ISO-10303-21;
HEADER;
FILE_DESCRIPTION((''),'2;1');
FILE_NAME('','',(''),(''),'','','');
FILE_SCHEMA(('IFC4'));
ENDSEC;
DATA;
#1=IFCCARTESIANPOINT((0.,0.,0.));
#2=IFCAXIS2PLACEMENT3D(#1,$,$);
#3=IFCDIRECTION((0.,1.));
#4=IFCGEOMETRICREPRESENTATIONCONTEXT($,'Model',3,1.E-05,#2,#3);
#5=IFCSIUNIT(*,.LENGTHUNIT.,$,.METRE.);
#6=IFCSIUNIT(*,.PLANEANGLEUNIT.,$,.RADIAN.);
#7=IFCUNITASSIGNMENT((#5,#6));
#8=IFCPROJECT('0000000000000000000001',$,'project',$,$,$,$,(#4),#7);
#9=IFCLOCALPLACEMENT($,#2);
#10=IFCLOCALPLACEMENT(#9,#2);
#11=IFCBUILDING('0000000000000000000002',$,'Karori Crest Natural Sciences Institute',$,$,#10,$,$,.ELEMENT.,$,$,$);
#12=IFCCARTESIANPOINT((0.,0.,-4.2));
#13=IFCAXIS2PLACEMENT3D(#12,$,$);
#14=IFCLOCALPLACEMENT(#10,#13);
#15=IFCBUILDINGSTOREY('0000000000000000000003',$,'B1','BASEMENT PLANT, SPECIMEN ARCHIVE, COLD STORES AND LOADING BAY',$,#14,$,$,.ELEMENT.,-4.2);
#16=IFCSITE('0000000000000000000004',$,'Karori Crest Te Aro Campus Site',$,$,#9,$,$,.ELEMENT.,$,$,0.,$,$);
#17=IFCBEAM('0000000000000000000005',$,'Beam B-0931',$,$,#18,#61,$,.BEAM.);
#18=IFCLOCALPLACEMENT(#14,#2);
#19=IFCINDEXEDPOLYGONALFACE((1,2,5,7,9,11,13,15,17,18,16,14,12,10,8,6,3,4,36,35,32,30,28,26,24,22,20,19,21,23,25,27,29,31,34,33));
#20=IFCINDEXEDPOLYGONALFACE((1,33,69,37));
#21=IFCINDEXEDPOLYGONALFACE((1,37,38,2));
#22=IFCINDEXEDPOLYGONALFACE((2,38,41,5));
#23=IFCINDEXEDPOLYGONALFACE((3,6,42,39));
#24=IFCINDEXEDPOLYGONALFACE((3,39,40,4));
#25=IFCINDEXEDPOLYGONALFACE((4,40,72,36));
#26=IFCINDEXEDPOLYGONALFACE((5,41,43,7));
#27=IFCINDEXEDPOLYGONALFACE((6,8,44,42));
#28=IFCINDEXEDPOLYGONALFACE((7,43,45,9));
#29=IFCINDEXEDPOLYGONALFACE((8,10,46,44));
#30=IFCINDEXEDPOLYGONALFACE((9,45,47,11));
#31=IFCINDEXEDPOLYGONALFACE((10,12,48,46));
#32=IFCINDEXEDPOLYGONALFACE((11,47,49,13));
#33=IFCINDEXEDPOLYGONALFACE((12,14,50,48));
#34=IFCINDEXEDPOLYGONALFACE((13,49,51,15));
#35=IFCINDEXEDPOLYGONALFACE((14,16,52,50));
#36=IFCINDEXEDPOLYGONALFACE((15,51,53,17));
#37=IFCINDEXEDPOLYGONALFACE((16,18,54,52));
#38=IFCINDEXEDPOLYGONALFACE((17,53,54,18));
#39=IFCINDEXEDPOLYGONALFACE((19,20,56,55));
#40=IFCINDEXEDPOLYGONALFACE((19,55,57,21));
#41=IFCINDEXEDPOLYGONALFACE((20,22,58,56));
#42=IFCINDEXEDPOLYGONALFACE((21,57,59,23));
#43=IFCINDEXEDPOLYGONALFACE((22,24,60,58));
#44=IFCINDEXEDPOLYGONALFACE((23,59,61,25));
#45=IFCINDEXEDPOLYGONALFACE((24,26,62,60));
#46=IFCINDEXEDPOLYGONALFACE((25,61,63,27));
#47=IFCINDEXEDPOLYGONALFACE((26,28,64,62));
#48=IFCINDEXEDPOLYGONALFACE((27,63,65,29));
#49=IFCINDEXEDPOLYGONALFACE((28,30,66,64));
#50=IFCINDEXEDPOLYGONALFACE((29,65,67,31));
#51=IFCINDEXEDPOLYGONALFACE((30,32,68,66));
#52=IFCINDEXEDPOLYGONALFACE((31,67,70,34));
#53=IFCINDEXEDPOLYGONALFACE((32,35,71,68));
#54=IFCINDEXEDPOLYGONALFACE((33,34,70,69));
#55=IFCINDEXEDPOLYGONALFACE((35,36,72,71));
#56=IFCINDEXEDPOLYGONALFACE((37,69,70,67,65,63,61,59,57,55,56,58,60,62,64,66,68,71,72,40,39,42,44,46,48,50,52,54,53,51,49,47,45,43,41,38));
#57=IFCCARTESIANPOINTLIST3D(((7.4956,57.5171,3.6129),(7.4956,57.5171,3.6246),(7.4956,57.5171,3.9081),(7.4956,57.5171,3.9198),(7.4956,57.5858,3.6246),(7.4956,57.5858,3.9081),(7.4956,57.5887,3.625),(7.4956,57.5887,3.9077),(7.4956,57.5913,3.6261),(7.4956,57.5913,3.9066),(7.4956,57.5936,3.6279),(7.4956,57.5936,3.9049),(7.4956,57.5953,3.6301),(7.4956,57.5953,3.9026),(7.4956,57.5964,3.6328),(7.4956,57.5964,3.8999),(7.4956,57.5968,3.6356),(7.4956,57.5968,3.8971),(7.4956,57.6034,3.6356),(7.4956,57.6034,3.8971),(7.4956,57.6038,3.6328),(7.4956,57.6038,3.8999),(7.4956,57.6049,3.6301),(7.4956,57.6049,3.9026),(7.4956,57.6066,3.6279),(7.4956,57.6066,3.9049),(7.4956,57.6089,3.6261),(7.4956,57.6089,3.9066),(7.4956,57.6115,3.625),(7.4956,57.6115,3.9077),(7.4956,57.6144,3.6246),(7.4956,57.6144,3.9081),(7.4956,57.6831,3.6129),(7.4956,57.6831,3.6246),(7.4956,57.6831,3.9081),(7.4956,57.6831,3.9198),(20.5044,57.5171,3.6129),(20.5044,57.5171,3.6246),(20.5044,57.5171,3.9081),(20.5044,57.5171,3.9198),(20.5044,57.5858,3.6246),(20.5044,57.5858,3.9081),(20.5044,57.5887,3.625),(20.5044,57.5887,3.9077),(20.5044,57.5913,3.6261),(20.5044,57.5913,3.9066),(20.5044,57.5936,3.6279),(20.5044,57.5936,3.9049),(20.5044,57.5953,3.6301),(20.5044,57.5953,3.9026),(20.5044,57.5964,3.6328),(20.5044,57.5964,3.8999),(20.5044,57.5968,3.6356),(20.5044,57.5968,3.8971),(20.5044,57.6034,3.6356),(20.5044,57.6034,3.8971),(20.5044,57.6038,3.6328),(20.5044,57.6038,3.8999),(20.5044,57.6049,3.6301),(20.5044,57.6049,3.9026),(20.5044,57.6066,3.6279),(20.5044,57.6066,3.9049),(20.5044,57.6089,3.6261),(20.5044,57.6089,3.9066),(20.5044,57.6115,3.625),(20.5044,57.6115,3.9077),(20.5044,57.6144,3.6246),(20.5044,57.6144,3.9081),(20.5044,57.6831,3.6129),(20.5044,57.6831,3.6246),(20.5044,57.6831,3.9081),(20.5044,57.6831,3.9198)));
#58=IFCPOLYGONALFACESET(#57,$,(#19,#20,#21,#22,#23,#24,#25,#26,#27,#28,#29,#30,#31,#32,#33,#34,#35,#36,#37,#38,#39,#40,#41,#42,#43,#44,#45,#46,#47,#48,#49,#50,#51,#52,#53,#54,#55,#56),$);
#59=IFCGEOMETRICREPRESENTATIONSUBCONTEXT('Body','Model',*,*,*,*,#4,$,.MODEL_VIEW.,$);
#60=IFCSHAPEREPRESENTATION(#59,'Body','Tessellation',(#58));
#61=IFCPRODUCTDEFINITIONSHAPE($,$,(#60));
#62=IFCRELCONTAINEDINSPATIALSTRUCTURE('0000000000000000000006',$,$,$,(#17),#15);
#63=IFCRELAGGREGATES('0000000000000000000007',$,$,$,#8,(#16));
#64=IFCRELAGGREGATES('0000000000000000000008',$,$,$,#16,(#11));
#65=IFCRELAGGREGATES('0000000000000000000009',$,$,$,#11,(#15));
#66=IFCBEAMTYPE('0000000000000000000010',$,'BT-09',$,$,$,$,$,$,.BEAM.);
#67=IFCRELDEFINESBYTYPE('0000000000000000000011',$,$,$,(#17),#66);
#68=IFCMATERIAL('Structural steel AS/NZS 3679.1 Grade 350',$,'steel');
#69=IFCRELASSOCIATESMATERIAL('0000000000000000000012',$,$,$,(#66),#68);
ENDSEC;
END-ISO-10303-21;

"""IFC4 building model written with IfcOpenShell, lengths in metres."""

from ifc_helpers import new_model, si_unit, direction, frame, origin, origin_2d, place, context, subcontext, project, spatial, i_section, extrude, material, material_profile, profile_set, type_object, element, save


model = new_model("IFC4")

# Units and contexts
model_context = context("Model", 3, precision=1e-05, world=origin(), true_north=direction((0.0, 1.0)))
body_context = subcontext(model_context, "Body", "Model", "MODEL_VIEW")
ifc_project = project(units=[si_unit("LENGTHUNIT", "METRE"), si_unit("PLANEANGLEUNIT", "RADIAN")], contexts=[model_context])

# Site, building, storey
site_placement = place(None, origin())
site = spatial("IfcSite", under=ifc_project, at=site_placement, Name="Karori Crest Te Aro Campus Site", CompositionType="ELEMENT", RefElevation=0.0)
building_placement = place(site_placement, origin())
building = spatial("IfcBuilding", under=site, at=building_placement, Name="Karori Crest Natural Sciences Institute", CompositionType="ELEMENT")
storey_placement = place(building_placement, frame((0.0, 0.0, -4.2)))
storey = spatial("IfcBuildingStorey", under=building, at=storey_placement, Name="B1", Description="BASEMENT PLANT, SPECIMEN ARCHIVE, COLD STORES AND LOADING BAY", CompositionType="ELEMENT", Elevation=-4.2)

# Shared definitions
ifc_material_1 = material(Name="Structural steel AS/NZS 3679.1 Grade 350", Category="steel")

# Beam
ifc_material_profile_1 = material_profile(ifc_material_1, i_section(OverallWidth=0.166, OverallDepth=0.3069, WebThickness=0.0066, FlangeThickness=0.0117, FilletRadius=0.011, at=origin_2d()), Name="310UB46.2")
ifc_profile_set_1 = profile_set([ifc_material_profile_1], Name="Structural steel AS/NZS 3679.1 Grade 350")
beam_type_1 = type_object("IfcBeamType", Name="BT-09", PredefinedType="BEAM", material=ifc_profile_set_1)
for number, where, z_axis, x_axis, name in (
    (1, (7.4956, 57.6001, 3.7664), (1.0, 0.0, 0.0), (0.0, 1.0, 0.0), "Beam B-0931"),
):
    element("IfcBeam", number, at=place(storey_placement, frame(where, z_axis=z_axis, x_axis=x_axis)), inside=storey, type_object=beam_type_1, Name=name, PredefinedType="BEAM", context=body_context, shape_type="SweptSolid", body=[
        extrude(i_section(OverallWidth=0.166, OverallDepth=0.3069, WebThickness=0.0066, FlangeThickness=0.0117, FilletRadius=0.011, at=origin_2d()), origin(), (0.0, 0.0, 1.0), 13.0088),
    ])

save(model, "model.ifc")
